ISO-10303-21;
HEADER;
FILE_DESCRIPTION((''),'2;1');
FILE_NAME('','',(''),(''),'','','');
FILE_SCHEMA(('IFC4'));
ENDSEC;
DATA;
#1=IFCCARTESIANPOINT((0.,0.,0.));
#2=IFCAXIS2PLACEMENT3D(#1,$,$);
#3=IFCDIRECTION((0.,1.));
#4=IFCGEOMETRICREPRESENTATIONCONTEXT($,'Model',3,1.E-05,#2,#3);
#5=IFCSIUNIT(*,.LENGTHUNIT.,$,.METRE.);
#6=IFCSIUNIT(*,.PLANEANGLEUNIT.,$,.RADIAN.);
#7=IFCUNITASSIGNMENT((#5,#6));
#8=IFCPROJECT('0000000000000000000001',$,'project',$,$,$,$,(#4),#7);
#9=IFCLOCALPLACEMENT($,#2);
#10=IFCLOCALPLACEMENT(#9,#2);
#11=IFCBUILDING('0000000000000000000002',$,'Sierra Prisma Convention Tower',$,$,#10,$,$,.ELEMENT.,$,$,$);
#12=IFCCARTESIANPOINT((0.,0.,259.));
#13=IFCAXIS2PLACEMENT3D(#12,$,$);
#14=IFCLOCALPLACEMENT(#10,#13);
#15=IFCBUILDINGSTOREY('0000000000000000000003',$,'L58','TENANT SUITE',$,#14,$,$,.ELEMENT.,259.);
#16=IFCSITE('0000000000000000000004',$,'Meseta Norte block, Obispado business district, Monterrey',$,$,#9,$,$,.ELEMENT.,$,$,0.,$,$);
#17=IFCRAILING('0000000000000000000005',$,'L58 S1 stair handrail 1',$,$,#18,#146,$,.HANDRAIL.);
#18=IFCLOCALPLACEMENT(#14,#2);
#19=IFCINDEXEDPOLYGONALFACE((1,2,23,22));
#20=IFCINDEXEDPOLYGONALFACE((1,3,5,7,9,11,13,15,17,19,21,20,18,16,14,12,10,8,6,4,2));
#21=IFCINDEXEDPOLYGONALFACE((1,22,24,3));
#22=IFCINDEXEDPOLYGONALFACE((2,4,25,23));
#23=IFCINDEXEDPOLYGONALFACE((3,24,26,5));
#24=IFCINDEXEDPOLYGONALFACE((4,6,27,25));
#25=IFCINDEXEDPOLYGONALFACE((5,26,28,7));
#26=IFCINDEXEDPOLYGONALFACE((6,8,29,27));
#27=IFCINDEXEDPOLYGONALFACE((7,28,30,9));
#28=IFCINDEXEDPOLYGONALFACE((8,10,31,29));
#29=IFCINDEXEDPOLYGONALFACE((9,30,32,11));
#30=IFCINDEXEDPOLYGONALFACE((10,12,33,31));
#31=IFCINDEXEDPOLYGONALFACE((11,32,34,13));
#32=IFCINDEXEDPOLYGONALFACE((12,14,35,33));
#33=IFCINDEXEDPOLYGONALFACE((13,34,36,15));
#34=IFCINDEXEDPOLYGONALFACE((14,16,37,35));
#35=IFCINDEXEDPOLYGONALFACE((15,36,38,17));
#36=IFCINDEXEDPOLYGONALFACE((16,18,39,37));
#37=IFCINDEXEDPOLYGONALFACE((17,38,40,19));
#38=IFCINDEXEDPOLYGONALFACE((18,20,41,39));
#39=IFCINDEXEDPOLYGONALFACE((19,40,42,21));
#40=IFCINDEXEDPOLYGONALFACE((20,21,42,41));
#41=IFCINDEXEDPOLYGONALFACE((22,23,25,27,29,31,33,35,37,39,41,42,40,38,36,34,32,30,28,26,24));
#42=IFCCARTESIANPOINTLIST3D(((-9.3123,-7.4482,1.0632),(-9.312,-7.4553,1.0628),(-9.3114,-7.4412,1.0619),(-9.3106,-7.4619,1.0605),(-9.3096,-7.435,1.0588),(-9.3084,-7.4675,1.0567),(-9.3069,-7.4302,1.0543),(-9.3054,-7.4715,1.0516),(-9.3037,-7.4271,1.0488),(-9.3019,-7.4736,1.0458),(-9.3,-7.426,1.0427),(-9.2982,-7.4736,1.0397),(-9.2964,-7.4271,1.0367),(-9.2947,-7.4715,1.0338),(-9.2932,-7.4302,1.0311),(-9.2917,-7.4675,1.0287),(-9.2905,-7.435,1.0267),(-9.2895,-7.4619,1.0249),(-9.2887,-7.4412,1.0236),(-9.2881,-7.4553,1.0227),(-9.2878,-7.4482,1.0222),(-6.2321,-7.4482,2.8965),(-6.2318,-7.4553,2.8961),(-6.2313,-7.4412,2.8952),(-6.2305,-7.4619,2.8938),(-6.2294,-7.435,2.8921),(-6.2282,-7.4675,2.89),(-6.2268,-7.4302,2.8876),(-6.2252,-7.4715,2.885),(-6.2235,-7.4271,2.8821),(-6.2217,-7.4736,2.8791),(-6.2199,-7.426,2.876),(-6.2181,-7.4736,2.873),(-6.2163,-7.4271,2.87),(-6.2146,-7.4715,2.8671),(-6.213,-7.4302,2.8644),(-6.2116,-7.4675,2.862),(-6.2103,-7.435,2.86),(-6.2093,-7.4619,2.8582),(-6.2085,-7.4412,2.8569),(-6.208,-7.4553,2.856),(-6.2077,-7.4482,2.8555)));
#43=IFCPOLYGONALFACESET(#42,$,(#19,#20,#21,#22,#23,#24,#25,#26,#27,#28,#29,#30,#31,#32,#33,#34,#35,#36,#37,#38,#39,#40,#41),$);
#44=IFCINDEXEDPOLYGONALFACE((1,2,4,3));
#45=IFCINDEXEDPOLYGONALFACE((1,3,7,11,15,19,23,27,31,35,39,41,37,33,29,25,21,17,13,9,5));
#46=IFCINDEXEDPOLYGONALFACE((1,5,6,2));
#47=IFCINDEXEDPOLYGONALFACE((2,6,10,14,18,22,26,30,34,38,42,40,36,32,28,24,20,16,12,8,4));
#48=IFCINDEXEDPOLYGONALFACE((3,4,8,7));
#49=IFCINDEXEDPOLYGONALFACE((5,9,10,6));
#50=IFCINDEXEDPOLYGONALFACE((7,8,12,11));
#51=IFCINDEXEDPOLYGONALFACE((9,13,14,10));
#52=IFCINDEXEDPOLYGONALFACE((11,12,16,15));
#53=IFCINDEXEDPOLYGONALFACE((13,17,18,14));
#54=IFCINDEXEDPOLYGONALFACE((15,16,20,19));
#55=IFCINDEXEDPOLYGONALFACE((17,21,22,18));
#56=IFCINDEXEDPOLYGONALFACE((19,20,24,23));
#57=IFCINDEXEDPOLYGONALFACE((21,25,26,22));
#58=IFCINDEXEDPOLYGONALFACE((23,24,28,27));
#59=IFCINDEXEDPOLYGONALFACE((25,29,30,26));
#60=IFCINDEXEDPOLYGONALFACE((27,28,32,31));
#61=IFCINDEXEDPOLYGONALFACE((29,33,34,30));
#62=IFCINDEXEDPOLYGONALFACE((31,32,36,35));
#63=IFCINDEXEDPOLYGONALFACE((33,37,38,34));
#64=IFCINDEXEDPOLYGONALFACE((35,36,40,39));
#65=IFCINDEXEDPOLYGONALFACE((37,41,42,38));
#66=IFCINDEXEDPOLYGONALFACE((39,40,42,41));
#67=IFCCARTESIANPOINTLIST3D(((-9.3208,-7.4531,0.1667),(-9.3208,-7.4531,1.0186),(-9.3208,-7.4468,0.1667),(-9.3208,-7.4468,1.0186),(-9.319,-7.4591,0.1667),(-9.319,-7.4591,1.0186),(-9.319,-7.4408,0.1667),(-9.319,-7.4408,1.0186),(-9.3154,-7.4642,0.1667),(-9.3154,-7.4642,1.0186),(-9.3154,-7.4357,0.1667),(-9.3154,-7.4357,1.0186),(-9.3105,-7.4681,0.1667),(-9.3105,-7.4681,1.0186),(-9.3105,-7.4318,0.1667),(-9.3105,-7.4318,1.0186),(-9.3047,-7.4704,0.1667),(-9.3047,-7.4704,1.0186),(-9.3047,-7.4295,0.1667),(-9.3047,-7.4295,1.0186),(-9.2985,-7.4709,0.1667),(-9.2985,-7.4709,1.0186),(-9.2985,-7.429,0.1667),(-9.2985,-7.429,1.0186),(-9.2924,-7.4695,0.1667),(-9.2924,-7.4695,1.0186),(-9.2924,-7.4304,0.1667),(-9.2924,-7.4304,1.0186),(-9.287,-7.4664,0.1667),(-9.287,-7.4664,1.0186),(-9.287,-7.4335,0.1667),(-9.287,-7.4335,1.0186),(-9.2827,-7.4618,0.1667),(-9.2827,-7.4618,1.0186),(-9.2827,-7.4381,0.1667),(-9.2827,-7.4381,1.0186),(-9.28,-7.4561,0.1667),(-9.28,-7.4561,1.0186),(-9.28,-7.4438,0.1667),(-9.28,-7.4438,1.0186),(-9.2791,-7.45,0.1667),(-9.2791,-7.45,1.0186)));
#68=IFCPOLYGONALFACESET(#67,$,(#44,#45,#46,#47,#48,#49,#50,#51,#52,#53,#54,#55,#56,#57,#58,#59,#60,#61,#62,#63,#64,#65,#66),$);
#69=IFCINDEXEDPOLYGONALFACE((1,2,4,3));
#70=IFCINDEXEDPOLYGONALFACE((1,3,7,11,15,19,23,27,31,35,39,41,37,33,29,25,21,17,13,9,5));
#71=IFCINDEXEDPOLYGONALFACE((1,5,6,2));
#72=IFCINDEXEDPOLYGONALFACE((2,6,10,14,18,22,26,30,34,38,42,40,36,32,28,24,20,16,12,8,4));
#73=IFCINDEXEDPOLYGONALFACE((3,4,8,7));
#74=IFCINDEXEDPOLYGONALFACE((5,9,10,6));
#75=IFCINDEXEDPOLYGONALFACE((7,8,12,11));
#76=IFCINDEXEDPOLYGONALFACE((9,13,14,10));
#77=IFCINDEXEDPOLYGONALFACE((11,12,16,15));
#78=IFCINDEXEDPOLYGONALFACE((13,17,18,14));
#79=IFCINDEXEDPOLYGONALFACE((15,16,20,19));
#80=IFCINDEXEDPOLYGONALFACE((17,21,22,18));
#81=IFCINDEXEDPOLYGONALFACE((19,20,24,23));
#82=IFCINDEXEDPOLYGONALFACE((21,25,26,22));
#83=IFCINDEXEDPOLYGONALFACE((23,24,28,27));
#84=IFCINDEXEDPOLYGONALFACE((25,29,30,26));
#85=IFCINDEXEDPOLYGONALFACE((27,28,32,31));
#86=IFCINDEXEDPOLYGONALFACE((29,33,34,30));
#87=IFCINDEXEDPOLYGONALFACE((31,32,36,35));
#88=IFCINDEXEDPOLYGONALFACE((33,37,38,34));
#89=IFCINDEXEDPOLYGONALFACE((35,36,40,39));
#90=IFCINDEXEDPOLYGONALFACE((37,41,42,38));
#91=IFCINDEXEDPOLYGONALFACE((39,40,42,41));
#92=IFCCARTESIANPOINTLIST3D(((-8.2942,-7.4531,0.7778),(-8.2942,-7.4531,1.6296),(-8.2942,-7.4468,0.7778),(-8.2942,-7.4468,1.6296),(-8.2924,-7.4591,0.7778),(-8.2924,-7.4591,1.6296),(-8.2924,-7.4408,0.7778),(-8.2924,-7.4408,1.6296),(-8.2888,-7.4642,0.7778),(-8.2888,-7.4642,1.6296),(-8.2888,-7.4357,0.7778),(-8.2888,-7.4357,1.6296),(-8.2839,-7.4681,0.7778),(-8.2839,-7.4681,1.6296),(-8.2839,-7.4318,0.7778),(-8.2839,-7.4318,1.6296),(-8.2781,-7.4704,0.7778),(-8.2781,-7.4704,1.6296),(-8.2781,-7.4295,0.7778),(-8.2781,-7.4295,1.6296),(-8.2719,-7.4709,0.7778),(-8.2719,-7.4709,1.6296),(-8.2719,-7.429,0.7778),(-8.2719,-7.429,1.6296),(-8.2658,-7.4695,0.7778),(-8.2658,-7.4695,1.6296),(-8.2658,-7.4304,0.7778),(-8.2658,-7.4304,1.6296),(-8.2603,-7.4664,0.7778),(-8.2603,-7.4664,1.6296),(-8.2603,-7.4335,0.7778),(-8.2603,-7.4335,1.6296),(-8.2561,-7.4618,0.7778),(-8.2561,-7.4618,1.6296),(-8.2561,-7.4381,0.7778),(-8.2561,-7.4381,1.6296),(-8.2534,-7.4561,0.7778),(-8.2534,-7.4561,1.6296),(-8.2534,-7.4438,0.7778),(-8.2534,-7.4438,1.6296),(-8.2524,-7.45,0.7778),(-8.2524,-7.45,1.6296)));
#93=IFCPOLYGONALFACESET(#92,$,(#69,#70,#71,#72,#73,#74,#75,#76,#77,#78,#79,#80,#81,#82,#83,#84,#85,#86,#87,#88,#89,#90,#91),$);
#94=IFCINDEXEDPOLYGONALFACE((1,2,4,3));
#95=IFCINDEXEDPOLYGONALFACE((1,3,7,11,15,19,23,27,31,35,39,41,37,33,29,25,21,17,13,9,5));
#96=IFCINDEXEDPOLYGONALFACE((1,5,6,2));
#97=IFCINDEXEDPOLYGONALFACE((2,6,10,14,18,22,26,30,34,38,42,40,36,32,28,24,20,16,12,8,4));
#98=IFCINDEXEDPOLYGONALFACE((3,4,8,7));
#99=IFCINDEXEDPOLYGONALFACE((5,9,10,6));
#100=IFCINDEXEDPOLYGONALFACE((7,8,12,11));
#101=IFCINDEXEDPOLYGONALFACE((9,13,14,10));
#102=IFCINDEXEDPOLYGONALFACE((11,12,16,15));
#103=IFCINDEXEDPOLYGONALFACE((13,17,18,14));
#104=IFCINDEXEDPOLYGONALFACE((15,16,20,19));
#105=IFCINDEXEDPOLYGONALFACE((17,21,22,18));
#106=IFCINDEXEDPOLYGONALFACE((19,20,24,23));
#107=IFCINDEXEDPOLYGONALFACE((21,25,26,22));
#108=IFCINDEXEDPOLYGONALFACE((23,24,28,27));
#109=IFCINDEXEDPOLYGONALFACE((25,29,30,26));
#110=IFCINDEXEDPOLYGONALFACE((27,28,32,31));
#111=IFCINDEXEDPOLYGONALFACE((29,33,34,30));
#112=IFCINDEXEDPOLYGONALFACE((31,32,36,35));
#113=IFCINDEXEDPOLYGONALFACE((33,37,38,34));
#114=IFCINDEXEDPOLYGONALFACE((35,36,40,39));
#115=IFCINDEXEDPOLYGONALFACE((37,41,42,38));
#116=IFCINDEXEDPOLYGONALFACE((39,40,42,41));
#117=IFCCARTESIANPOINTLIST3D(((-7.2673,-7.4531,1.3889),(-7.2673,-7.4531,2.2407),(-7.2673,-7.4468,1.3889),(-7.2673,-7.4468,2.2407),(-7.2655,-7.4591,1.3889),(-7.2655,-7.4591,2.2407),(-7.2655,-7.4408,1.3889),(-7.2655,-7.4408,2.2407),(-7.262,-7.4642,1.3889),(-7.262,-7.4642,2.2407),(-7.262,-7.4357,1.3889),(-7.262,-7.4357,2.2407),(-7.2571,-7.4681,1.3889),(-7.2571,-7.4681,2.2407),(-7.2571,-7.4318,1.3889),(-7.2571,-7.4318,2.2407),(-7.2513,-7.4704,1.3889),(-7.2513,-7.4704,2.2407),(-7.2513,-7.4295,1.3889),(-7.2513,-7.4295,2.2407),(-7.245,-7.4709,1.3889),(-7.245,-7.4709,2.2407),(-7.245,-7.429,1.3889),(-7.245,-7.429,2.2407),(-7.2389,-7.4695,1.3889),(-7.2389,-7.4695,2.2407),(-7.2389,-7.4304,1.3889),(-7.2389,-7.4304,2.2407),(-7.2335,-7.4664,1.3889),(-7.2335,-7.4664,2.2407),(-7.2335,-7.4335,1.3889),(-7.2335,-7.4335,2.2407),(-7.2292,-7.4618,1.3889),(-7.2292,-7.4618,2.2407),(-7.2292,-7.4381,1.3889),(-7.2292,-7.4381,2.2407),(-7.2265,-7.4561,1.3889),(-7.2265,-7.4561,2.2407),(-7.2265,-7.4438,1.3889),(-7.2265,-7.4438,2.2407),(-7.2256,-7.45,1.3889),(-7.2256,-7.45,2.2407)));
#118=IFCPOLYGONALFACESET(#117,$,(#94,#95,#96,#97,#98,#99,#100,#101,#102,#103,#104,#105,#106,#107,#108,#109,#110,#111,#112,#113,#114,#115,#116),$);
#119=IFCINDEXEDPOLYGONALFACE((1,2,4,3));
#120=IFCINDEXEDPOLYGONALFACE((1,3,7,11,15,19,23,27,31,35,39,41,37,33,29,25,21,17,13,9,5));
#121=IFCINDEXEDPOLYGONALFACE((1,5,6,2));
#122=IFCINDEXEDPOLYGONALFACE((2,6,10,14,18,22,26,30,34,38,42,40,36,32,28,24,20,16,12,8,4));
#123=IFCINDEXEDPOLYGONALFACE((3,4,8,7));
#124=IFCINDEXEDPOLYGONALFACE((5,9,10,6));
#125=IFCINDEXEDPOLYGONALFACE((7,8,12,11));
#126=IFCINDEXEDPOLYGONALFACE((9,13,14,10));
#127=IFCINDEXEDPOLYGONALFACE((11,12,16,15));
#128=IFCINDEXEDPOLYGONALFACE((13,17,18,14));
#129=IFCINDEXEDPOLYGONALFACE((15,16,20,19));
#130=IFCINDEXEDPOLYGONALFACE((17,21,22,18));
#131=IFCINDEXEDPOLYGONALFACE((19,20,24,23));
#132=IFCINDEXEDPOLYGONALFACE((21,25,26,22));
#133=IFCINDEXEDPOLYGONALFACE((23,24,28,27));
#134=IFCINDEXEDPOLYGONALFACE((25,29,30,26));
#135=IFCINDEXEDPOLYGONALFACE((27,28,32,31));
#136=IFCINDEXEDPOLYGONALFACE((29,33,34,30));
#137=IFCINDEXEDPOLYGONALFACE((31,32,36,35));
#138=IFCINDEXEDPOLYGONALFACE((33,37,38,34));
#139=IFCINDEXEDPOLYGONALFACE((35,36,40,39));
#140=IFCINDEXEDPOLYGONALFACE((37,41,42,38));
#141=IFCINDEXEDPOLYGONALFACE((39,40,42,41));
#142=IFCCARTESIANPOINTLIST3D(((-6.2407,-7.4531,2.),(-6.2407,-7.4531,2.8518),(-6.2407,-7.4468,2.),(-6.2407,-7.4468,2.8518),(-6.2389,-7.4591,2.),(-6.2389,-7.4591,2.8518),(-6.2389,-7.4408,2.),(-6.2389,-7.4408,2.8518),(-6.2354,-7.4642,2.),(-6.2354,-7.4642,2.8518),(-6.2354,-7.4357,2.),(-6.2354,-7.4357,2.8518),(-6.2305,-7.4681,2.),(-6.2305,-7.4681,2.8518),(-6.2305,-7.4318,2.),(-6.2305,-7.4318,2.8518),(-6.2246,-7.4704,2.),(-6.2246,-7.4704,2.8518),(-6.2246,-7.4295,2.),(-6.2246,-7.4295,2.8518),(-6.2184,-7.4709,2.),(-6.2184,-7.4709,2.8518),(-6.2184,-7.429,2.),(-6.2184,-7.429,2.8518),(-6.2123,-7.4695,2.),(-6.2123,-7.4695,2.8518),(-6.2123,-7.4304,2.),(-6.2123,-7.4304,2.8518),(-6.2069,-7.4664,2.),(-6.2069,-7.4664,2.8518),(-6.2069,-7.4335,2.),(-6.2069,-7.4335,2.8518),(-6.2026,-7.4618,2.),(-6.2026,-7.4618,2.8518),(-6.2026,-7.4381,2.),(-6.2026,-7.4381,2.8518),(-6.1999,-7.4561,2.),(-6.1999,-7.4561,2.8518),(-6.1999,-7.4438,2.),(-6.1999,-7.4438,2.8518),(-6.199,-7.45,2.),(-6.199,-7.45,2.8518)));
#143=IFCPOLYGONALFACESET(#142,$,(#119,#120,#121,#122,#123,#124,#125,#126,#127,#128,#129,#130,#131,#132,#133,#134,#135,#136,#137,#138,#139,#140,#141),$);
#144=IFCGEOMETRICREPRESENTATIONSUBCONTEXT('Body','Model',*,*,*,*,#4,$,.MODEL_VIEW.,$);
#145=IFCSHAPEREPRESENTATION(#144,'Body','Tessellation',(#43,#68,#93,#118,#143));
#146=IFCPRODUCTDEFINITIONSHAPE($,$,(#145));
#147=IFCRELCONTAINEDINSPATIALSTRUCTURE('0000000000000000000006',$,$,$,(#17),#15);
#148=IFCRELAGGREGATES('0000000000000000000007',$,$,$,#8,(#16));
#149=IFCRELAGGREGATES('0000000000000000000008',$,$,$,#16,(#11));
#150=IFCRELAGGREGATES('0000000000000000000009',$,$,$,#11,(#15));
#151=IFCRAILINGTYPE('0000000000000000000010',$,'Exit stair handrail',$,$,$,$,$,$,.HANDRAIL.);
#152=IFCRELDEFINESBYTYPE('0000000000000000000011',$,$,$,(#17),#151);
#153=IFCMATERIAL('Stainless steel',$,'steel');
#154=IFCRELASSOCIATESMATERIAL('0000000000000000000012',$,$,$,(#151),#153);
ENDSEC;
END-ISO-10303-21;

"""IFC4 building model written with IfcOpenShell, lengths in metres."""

from ifc_helpers import new_model, si_unit, direction, frame, origin, origin_2d, place, context, subcontext, project, spatial, circle, extrude, material, type_object, element, save


model = new_model("IFC4")

# Units and contexts
model_context = context("Model", 3, precision=1e-05, world=origin(), true_north=direction((0.0, 1.0)))
body_context = subcontext(model_context, "Body", "Model", "MODEL_VIEW")
ifc_project = project(units=[si_unit("LENGTHUNIT", "METRE"), si_unit("PLANEANGLEUNIT", "RADIAN")], contexts=[model_context])

# Site, building, storey
site_placement = place(None, origin())
site = spatial("IfcSite", under=ifc_project, at=site_placement, Name="Meseta Norte block, Obispado business district, Monterrey", CompositionType="ELEMENT", RefElevation=0.0)
building_placement = place(site_placement, origin())
building = spatial("IfcBuilding", under=site, at=building_placement, Name="Sierra Prisma Convention Tower", CompositionType="ELEMENT")
storey_placement = place(building_placement, frame((0.0, 0.0, 259.0)))
storey = spatial("IfcBuildingStorey", under=building, at=storey_placement, Name="L58", Description="TENANT SUITE", CompositionType="ELEMENT", Elevation=259.0)

# Railing
ifc_material_1 = material(Name="Stainless steel", Category="steel")
railing_type_1 = type_object("IfcRailingType", Name="Exit stair handrail", PredefinedType="HANDRAIL", material=ifc_material_1)
railing_1_placement = place(storey_placement, frame((-9.3, -7.45, 0.1667)))
element("IfcRailing", 1, at=railing_1_placement, inside=storey, type_object=railing_type_1, Name="L58 S1 stair handrail 1", PredefinedType="HANDRAIL", context=body_context, shape_type="SweptSolid", body=[
    extrude(circle(Radius=0.0239, at=origin_2d()), frame((0.0, 0.0, 0.876), z_axis=(0.859309, 0.0, 0.511458), x_axis=(0.0, 1.0, 0.0)), (0.0, 0.0, 1.0), 3.5845),
    extrude(circle(Radius=0.021, at=origin_2d()), origin(), (0.0, 0.0, 1.0), 0.8518),
    extrude(circle(Radius=0.021, at=origin_2d()), frame((1.0266, 0.0, 0.6111)), (0.0, 0.0, 1.0), 0.8518),
    extrude(circle(Radius=0.021, at=origin_2d()), frame((2.0535, 0.0, 1.2222)), (0.0, 0.0, 1.0), 0.8518),
    extrude(circle(Radius=0.021, at=origin_2d()), frame((3.0801, 0.0, 1.8333)), (0.0, 0.0, 1.0), 0.8518),
])

save(model, "model.ifc")
